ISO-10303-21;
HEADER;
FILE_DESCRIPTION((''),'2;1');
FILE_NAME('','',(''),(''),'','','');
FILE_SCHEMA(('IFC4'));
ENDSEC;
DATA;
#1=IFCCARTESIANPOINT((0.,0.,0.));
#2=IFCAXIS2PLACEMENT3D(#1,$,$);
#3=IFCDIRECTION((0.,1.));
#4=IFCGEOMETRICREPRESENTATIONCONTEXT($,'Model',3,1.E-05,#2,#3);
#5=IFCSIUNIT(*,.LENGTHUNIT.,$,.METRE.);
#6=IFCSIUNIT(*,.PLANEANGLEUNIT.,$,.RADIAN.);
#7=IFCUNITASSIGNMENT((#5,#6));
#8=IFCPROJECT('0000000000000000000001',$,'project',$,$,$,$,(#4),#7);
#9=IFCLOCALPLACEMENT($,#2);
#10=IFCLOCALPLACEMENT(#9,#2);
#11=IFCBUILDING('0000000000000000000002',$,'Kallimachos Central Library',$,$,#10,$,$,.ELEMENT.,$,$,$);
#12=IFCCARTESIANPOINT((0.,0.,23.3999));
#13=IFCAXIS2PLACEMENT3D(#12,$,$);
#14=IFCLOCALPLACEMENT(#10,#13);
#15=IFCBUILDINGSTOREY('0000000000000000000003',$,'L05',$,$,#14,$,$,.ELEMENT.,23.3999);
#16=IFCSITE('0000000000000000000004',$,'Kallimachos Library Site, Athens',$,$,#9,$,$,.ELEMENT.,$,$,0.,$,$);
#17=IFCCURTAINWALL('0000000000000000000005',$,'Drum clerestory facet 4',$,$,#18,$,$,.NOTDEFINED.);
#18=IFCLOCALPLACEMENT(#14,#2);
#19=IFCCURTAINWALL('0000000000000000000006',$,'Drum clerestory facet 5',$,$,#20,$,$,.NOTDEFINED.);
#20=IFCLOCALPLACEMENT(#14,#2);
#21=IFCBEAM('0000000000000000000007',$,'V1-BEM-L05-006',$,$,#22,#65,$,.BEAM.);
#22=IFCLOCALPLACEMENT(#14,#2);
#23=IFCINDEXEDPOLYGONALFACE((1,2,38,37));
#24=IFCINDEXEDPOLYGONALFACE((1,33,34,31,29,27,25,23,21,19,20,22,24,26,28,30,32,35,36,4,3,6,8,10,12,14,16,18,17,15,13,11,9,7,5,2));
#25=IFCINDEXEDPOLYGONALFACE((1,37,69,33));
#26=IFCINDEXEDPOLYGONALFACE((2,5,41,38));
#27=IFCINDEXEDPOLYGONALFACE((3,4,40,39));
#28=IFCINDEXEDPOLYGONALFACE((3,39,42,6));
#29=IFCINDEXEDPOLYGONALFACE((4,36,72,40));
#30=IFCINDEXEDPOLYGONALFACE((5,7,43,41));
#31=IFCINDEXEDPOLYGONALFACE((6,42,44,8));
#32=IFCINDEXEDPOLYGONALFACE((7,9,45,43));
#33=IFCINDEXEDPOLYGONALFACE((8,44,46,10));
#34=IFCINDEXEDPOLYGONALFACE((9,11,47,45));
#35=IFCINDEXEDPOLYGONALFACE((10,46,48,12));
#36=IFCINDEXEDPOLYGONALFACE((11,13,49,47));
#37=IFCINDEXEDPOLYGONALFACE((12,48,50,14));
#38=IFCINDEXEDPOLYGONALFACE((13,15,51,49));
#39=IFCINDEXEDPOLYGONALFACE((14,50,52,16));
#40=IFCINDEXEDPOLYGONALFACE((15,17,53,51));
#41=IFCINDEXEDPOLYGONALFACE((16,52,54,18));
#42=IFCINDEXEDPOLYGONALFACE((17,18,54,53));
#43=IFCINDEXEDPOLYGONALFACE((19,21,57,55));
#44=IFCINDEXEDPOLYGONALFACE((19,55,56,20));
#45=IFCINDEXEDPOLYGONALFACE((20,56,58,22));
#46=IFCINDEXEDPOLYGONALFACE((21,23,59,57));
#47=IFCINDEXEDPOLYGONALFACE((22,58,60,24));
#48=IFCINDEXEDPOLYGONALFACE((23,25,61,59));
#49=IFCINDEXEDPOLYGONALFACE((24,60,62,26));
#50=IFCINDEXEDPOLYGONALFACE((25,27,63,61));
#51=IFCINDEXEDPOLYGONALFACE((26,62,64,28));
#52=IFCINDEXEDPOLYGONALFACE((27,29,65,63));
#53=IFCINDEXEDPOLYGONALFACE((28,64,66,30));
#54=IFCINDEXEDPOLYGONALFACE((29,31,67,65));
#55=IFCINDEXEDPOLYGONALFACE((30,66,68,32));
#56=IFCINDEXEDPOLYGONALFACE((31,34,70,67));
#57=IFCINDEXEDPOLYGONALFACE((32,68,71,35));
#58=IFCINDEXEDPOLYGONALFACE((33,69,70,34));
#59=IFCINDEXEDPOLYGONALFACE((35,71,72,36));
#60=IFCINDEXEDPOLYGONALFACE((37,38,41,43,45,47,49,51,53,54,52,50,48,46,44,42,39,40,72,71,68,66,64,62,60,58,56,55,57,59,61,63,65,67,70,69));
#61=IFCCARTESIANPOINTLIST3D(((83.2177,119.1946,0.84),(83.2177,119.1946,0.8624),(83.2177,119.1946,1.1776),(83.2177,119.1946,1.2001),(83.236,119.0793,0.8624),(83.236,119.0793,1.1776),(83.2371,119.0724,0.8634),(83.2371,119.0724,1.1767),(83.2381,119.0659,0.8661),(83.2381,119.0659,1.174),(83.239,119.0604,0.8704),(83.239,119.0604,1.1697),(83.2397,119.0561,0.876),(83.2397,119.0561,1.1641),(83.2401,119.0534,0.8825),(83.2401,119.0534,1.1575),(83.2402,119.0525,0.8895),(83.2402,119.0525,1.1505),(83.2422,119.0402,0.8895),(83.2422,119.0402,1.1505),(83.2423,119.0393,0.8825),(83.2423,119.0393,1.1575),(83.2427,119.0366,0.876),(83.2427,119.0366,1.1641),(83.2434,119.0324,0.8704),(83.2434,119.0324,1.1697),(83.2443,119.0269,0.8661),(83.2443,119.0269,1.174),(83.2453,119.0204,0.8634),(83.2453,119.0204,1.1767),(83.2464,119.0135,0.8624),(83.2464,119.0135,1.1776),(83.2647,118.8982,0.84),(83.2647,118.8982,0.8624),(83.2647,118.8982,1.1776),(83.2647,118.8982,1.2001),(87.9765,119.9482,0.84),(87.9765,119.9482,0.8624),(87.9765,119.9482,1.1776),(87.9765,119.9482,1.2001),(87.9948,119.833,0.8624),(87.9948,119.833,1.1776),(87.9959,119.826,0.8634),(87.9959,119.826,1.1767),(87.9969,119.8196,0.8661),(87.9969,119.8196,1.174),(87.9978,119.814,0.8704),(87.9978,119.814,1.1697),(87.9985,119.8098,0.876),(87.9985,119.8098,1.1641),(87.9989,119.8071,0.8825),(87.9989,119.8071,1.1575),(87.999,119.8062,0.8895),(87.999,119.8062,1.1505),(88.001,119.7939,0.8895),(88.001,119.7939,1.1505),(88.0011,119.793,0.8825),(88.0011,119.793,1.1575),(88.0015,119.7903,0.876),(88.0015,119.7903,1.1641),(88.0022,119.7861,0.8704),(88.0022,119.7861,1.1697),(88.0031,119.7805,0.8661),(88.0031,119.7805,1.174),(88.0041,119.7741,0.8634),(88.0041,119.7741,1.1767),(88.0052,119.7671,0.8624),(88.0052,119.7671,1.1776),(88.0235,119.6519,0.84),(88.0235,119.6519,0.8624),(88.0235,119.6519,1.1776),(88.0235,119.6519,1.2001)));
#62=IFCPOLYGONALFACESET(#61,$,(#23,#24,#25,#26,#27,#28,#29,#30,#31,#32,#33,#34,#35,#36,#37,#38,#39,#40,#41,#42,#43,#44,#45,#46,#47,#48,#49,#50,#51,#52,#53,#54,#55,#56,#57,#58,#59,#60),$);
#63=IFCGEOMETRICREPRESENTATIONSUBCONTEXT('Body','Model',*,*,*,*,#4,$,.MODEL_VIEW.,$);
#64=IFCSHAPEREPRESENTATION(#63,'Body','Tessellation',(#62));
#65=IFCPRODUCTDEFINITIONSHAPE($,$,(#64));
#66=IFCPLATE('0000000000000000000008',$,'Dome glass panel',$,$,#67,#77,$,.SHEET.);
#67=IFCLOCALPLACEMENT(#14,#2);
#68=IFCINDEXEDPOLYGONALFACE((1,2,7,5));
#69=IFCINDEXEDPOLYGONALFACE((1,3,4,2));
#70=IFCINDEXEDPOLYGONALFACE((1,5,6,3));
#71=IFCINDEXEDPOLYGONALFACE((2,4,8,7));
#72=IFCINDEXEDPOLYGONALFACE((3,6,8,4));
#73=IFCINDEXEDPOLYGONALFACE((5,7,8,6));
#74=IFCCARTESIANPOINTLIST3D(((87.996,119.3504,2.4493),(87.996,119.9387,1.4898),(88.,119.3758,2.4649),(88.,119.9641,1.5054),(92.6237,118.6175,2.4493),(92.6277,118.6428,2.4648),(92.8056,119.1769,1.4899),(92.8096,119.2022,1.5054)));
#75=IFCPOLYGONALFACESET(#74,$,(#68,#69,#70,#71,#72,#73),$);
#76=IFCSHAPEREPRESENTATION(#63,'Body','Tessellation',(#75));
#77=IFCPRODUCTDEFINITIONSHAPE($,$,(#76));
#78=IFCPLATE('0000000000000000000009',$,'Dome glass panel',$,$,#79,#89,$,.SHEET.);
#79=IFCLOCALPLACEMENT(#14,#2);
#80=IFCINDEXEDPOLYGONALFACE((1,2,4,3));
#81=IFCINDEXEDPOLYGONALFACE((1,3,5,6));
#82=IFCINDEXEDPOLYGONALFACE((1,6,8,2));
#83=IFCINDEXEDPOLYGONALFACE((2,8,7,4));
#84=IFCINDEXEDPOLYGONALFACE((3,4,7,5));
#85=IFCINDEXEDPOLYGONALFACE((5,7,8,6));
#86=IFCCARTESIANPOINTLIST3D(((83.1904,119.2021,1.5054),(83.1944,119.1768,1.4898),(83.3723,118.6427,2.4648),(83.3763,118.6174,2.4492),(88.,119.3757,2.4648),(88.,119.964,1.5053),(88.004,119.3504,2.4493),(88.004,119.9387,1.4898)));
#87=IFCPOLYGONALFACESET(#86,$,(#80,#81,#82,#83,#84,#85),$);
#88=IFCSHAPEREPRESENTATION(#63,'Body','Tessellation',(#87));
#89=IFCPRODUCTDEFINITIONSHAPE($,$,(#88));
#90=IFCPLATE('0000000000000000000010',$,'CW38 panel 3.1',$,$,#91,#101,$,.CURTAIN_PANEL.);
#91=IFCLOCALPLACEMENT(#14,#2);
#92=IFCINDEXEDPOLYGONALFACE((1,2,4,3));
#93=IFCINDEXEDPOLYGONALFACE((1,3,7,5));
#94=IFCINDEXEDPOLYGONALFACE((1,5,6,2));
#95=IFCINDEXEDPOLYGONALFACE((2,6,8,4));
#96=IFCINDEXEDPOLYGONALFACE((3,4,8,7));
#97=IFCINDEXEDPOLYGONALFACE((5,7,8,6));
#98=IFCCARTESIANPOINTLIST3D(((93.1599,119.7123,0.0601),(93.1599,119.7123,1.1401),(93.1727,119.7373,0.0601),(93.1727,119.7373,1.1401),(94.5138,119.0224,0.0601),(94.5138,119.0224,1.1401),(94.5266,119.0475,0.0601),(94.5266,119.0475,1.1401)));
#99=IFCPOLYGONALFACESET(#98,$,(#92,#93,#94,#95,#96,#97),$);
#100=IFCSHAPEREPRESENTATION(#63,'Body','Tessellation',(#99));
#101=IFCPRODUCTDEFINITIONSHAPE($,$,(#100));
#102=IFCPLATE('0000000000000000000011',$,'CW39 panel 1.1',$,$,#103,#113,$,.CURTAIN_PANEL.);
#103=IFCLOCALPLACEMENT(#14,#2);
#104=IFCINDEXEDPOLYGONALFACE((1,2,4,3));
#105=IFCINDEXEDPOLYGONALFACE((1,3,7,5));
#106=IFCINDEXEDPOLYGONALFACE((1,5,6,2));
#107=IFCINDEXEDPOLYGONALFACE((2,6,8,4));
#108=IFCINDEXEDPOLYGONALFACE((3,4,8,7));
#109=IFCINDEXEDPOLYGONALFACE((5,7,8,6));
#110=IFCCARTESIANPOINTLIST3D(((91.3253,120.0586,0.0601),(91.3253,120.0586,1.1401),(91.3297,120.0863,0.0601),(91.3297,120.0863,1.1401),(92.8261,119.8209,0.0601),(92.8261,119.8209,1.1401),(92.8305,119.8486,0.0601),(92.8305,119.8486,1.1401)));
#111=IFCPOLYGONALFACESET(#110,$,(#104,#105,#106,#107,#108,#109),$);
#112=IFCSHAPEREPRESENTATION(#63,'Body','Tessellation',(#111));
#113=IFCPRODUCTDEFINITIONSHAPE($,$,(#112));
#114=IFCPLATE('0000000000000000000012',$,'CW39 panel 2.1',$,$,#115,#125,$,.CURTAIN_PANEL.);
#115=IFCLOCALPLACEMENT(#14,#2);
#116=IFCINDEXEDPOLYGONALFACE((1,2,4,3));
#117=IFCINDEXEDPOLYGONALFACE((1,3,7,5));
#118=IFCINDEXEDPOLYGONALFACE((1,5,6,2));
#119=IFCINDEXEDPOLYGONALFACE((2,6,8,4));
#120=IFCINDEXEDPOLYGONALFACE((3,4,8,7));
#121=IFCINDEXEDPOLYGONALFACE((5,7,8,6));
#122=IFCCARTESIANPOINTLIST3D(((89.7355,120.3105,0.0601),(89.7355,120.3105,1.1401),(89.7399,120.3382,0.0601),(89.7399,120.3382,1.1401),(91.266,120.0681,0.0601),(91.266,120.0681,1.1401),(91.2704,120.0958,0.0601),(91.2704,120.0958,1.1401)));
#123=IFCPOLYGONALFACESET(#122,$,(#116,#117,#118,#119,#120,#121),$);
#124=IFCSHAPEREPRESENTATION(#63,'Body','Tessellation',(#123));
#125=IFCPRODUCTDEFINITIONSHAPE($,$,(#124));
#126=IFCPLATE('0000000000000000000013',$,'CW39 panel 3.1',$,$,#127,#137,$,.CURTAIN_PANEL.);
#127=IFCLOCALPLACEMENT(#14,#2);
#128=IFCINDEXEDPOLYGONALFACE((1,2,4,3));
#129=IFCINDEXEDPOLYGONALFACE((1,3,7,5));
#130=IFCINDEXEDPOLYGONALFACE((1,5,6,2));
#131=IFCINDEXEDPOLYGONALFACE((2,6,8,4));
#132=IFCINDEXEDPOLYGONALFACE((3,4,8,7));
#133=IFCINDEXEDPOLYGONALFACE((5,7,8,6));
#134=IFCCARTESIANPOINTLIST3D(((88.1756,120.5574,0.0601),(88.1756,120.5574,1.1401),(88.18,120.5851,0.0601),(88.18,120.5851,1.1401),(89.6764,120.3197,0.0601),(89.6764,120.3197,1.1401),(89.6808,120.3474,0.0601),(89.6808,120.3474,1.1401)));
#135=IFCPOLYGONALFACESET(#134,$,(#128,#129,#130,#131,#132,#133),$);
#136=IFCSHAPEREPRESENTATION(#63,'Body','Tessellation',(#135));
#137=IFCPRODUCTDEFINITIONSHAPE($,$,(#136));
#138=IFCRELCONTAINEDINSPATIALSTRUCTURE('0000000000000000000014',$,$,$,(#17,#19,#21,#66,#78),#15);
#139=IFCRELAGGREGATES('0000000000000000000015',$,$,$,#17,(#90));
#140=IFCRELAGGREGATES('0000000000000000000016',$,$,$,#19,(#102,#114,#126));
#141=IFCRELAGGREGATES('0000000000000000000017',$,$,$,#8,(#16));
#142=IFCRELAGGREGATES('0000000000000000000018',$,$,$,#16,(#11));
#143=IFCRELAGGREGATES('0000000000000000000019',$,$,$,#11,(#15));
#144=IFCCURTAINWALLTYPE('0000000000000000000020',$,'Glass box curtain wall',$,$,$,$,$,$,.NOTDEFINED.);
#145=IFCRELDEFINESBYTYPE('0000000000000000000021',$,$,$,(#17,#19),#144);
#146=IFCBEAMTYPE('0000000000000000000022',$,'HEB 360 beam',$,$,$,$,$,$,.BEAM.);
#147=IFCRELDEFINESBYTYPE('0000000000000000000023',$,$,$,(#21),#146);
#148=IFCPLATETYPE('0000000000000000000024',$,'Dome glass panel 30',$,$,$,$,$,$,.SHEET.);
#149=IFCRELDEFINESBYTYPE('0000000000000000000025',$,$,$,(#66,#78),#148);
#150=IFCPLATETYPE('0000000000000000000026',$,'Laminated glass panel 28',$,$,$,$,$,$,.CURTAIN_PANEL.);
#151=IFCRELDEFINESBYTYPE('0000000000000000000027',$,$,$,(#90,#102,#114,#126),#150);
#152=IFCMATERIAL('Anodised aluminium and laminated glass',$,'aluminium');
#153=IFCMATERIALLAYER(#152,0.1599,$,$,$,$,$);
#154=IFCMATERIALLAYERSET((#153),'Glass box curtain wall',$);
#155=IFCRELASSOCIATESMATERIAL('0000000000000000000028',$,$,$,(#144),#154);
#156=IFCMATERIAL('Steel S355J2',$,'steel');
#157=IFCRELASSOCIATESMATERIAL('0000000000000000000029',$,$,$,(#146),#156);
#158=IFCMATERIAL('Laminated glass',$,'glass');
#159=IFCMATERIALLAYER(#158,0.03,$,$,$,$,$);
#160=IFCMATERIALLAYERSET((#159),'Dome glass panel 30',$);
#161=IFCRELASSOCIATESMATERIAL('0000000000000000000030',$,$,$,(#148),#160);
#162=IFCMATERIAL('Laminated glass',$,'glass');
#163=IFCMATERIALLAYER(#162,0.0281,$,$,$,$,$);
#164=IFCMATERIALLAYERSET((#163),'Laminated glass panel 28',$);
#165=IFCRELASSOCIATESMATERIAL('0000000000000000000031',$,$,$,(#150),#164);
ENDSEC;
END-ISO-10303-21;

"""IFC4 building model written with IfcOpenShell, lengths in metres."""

from ifc_helpers import new_model, si_unit, direction, frame, origin, origin_2d, place, context, subcontext, project, spatial, polyline, rectangle, i_section, outline, extrude, material, layer, layer_set, material_profile, profile_set, type_object, element, aggregate, save


model = new_model("IFC4")

# Units and contexts
model_context = context("Model", 3, precision=1e-05, world=origin(), true_north=direction((0.0, 1.0)))
body_context = subcontext(model_context, "Body", "Model", "MODEL_VIEW")
ifc_project = project(units=[si_unit("LENGTHUNIT", "METRE"), si_unit("PLANEANGLEUNIT", "RADIAN")], contexts=[model_context])

# Site, building, storey
site_placement = place(None, origin())
site = spatial("IfcSite", under=ifc_project, at=site_placement, Name="Kallimachos Library Site, Athens", CompositionType="ELEMENT", RefElevation=0.0)
building_placement = place(site_placement, origin())
building = spatial("IfcBuilding", under=site, at=building_placement, Name="Kallimachos Central Library", CompositionType="ELEMENT")
storey_placement = place(building_placement, frame((0.0, 0.0, 23.3999)))
storey = spatial("IfcBuildingStorey", under=building, at=storey_placement, Name="L05", CompositionType="ELEMENT", Elevation=23.3999)

# Curtain walls
ifc_material_1 = material(Name="Anodised aluminium and laminated glass", Category="aluminium")
ifc_layer_1 = layer(ifc_material_1, 0.1599)
ifc_layer_set_1 = layer_set([ifc_layer_1], Name="Glass box curtain wall")
curtain_wall_type = type_object("IfcCurtainWallType", Name="Glass box curtain wall", PredefinedType="NOTDEFINED", material=ifc_layer_set_1)
curtain_wall_1_placement = place(storey_placement, origin())
curtain_wall_1 = element("IfcCurtainWall", 1, at=curtain_wall_1_placement, inside=storey, type_object=curtain_wall_type, Name="Drum clerestory facet 4", PredefinedType="NOTDEFINED")
curtain_wall_2_placement = place(storey_placement, origin())
curtain_wall_2 = element("IfcCurtainWall", 2, at=curtain_wall_2_placement, inside=storey, type_object=curtain_wall_type, Name="Drum clerestory facet 5", PredefinedType="NOTDEFINED")

# Beam
ifc_material_2 = material(Name="Steel S355J2", Category="steel")
ifc_material_profile_1 = material_profile(ifc_material_2, i_section(OverallWidth=0.3, OverallDepth=0.3601, WebThickness=0.0125, FlangeThickness=0.0225, FilletRadius=0.0271, at=origin_2d()), Name="HEB 360")
ifc_profile_set_1 = profile_set([ifc_material_profile_1], Name="Steel S355J2")
beam_type = type_object("IfcBeamType", Name="HEB 360 beam", PredefinedType="BEAM", material=ifc_profile_set_1)
for number, where, z_axis, x_axis, name in (
    (3, (88.0, 119.8, 1.02), (-0.98769, -0.156423, 0.0), (0.156423, -0.98769, 0.0), "V1-BEM-L05-006"),
):
    element("IfcBeam", number, at=place(storey_placement, frame(where, z_axis=z_axis, x_axis=x_axis)), inside=storey, type_object=beam_type, Name=name, PredefinedType="BEAM", context=body_context, shape_type="SweptSolid", body=[
        extrude(i_section(OverallWidth=0.3, OverallDepth=0.3601, WebThickness=0.0125, FlangeThickness=0.0225, FilletRadius=0.0271, at=origin_2d()), origin(), (0.0, 0.0, 1.0), 4.8181),
    ])

# Plates
ifc_material_3 = material(Name="Laminated glass", Category="glass")
ifc_layer_2 = layer(ifc_material_3, 0.03)
ifc_layer_set_2 = layer_set([ifc_layer_2], Name="Dome glass panel 30")
plate_type_1 = type_object("IfcPlateType", Name="Dome glass panel 30", PredefinedType="SHEET", material=ifc_layer_set_2)
plate_1_placement = place(storey_placement, frame((92.6277, 118.6428, 2.4648), z_axis=(0.133826, 0.844856, 0.517986), x_axis=(0.161631, 0.497081, -0.852518)))
element("IfcPlate", 4, at=plate_1_placement, inside=storey, type_object=plate_type_1, Name="Dome glass panel", PredefinedType="SHEET", context=body_context, shape_type="SweptSolid", body=[
    extrude(outline(polyline([(0.0, 0.0), (1.1254, 0.0), (0.7268, 4.8532), (-0.3837, 4.6696), (0.0, 0.0)])), origin(), (0.0, 0.0, -1.0), 0.03),
])
plate_2_placement = place(storey_placement, frame((88.0, 119.3757, 2.4648), z_axis=(-0.133826, 0.844856, 0.517986), x_axis=(0.000012, 0.522689, -0.852524)))
element("IfcPlate", 5, at=plate_2_placement, inside=storey, type_object=plate_type_1, Name="Dome glass panel", PredefinedType="SHEET", context=body_context, shape_type="SweptSolid", body=[
    extrude(outline(polyline([(0.0, 0.0), (1.1255, 0.0), (0.7272, 4.8532), (-0.3831, 4.6697), (0.0, 0.0)])), origin(), (0.0, 0.0, -1.0), 0.03),
])

# Plates
ifc_material_4 = material(Name="Laminated glass", Category="glass")
ifc_layer_3 = layer(ifc_material_4, 0.0281)
ifc_layer_set_3 = layer_set([ifc_layer_3], Name="Laminated glass panel 28")
plate_type_2 = type_object("IfcPlateType", Name="Laminated glass panel 28", PredefinedType="CURTAIN_PANEL", material=ifc_layer_set_3)
plate_3_placement = place(storey_placement, frame((93.8433, 119.3799, 0.0601), z_axis=(0.0, 0.0, 1.0), x_axis=(-0.891006, 0.453991, 0.0)))
plate_3 = element("IfcPlate", 6, at=plate_3_placement, type_object=plate_type_2, Name="CW38 panel 3.1", PredefinedType="CURTAIN_PANEL", context=body_context, shape_type="SweptSolid", body=[
    extrude(rectangle(XDim=1.5195, YDim=0.0281, at=origin_2d()), origin(), (0.0, 0.0, 1.0), 1.0801),
])
aggregate(curtain_wall_1, [plate_3])
plate_4_placement = place(storey_placement, frame((92.0779, 119.9536, 0.0601), z_axis=(0.0, 0.0, 1.0), x_axis=(-0.987688, 0.156435, 0.0)))
plate_4 = element("IfcPlate", 7, at=plate_4_placement, type_object=plate_type_2, Name="CW39 panel 1.1", PredefinedType="CURTAIN_PANEL", context=body_context, shape_type="SweptSolid", body=[
    extrude(rectangle(XDim=1.5195, YDim=0.0281, at=origin_2d()), origin(), (0.0, 0.0, 1.0), 1.0801),
])
plate_5_placement = place(storey_placement, frame((90.5029, 120.2031, 0.0601), z_axis=(0.0, 0.0, 1.0), x_axis=(-0.987688, 0.156435, 0.0)))
plate_5 = element("IfcPlate", 8, at=plate_5_placement, type_object=plate_type_2, Name="CW39 panel 2.1", PredefinedType="CURTAIN_PANEL", context=body_context, shape_type="SweptSolid", body=[
    extrude(rectangle(XDim=1.5496, YDim=0.0281, at=origin_2d()), origin(), (0.0, 0.0, 1.0), 1.0801),
])
plate_6_placement = place(storey_placement, frame((88.9282, 120.4524, 0.0601), z_axis=(0.0, 0.0, 1.0), x_axis=(-0.987688, 0.156435, 0.0)))
plate_6 = element("IfcPlate", 9, at=plate_6_placement, type_object=plate_type_2, Name="CW39 panel 3.1", PredefinedType="CURTAIN_PANEL", context=body_context, shape_type="SweptSolid", body=[
    extrude(rectangle(XDim=1.5195, YDim=0.0281, at=origin_2d()), origin(), (0.0, 0.0, 1.0), 1.0801),
])
aggregate(curtain_wall_2, [plate_4, plate_5, plate_6])

save(model, "model.ifc")
